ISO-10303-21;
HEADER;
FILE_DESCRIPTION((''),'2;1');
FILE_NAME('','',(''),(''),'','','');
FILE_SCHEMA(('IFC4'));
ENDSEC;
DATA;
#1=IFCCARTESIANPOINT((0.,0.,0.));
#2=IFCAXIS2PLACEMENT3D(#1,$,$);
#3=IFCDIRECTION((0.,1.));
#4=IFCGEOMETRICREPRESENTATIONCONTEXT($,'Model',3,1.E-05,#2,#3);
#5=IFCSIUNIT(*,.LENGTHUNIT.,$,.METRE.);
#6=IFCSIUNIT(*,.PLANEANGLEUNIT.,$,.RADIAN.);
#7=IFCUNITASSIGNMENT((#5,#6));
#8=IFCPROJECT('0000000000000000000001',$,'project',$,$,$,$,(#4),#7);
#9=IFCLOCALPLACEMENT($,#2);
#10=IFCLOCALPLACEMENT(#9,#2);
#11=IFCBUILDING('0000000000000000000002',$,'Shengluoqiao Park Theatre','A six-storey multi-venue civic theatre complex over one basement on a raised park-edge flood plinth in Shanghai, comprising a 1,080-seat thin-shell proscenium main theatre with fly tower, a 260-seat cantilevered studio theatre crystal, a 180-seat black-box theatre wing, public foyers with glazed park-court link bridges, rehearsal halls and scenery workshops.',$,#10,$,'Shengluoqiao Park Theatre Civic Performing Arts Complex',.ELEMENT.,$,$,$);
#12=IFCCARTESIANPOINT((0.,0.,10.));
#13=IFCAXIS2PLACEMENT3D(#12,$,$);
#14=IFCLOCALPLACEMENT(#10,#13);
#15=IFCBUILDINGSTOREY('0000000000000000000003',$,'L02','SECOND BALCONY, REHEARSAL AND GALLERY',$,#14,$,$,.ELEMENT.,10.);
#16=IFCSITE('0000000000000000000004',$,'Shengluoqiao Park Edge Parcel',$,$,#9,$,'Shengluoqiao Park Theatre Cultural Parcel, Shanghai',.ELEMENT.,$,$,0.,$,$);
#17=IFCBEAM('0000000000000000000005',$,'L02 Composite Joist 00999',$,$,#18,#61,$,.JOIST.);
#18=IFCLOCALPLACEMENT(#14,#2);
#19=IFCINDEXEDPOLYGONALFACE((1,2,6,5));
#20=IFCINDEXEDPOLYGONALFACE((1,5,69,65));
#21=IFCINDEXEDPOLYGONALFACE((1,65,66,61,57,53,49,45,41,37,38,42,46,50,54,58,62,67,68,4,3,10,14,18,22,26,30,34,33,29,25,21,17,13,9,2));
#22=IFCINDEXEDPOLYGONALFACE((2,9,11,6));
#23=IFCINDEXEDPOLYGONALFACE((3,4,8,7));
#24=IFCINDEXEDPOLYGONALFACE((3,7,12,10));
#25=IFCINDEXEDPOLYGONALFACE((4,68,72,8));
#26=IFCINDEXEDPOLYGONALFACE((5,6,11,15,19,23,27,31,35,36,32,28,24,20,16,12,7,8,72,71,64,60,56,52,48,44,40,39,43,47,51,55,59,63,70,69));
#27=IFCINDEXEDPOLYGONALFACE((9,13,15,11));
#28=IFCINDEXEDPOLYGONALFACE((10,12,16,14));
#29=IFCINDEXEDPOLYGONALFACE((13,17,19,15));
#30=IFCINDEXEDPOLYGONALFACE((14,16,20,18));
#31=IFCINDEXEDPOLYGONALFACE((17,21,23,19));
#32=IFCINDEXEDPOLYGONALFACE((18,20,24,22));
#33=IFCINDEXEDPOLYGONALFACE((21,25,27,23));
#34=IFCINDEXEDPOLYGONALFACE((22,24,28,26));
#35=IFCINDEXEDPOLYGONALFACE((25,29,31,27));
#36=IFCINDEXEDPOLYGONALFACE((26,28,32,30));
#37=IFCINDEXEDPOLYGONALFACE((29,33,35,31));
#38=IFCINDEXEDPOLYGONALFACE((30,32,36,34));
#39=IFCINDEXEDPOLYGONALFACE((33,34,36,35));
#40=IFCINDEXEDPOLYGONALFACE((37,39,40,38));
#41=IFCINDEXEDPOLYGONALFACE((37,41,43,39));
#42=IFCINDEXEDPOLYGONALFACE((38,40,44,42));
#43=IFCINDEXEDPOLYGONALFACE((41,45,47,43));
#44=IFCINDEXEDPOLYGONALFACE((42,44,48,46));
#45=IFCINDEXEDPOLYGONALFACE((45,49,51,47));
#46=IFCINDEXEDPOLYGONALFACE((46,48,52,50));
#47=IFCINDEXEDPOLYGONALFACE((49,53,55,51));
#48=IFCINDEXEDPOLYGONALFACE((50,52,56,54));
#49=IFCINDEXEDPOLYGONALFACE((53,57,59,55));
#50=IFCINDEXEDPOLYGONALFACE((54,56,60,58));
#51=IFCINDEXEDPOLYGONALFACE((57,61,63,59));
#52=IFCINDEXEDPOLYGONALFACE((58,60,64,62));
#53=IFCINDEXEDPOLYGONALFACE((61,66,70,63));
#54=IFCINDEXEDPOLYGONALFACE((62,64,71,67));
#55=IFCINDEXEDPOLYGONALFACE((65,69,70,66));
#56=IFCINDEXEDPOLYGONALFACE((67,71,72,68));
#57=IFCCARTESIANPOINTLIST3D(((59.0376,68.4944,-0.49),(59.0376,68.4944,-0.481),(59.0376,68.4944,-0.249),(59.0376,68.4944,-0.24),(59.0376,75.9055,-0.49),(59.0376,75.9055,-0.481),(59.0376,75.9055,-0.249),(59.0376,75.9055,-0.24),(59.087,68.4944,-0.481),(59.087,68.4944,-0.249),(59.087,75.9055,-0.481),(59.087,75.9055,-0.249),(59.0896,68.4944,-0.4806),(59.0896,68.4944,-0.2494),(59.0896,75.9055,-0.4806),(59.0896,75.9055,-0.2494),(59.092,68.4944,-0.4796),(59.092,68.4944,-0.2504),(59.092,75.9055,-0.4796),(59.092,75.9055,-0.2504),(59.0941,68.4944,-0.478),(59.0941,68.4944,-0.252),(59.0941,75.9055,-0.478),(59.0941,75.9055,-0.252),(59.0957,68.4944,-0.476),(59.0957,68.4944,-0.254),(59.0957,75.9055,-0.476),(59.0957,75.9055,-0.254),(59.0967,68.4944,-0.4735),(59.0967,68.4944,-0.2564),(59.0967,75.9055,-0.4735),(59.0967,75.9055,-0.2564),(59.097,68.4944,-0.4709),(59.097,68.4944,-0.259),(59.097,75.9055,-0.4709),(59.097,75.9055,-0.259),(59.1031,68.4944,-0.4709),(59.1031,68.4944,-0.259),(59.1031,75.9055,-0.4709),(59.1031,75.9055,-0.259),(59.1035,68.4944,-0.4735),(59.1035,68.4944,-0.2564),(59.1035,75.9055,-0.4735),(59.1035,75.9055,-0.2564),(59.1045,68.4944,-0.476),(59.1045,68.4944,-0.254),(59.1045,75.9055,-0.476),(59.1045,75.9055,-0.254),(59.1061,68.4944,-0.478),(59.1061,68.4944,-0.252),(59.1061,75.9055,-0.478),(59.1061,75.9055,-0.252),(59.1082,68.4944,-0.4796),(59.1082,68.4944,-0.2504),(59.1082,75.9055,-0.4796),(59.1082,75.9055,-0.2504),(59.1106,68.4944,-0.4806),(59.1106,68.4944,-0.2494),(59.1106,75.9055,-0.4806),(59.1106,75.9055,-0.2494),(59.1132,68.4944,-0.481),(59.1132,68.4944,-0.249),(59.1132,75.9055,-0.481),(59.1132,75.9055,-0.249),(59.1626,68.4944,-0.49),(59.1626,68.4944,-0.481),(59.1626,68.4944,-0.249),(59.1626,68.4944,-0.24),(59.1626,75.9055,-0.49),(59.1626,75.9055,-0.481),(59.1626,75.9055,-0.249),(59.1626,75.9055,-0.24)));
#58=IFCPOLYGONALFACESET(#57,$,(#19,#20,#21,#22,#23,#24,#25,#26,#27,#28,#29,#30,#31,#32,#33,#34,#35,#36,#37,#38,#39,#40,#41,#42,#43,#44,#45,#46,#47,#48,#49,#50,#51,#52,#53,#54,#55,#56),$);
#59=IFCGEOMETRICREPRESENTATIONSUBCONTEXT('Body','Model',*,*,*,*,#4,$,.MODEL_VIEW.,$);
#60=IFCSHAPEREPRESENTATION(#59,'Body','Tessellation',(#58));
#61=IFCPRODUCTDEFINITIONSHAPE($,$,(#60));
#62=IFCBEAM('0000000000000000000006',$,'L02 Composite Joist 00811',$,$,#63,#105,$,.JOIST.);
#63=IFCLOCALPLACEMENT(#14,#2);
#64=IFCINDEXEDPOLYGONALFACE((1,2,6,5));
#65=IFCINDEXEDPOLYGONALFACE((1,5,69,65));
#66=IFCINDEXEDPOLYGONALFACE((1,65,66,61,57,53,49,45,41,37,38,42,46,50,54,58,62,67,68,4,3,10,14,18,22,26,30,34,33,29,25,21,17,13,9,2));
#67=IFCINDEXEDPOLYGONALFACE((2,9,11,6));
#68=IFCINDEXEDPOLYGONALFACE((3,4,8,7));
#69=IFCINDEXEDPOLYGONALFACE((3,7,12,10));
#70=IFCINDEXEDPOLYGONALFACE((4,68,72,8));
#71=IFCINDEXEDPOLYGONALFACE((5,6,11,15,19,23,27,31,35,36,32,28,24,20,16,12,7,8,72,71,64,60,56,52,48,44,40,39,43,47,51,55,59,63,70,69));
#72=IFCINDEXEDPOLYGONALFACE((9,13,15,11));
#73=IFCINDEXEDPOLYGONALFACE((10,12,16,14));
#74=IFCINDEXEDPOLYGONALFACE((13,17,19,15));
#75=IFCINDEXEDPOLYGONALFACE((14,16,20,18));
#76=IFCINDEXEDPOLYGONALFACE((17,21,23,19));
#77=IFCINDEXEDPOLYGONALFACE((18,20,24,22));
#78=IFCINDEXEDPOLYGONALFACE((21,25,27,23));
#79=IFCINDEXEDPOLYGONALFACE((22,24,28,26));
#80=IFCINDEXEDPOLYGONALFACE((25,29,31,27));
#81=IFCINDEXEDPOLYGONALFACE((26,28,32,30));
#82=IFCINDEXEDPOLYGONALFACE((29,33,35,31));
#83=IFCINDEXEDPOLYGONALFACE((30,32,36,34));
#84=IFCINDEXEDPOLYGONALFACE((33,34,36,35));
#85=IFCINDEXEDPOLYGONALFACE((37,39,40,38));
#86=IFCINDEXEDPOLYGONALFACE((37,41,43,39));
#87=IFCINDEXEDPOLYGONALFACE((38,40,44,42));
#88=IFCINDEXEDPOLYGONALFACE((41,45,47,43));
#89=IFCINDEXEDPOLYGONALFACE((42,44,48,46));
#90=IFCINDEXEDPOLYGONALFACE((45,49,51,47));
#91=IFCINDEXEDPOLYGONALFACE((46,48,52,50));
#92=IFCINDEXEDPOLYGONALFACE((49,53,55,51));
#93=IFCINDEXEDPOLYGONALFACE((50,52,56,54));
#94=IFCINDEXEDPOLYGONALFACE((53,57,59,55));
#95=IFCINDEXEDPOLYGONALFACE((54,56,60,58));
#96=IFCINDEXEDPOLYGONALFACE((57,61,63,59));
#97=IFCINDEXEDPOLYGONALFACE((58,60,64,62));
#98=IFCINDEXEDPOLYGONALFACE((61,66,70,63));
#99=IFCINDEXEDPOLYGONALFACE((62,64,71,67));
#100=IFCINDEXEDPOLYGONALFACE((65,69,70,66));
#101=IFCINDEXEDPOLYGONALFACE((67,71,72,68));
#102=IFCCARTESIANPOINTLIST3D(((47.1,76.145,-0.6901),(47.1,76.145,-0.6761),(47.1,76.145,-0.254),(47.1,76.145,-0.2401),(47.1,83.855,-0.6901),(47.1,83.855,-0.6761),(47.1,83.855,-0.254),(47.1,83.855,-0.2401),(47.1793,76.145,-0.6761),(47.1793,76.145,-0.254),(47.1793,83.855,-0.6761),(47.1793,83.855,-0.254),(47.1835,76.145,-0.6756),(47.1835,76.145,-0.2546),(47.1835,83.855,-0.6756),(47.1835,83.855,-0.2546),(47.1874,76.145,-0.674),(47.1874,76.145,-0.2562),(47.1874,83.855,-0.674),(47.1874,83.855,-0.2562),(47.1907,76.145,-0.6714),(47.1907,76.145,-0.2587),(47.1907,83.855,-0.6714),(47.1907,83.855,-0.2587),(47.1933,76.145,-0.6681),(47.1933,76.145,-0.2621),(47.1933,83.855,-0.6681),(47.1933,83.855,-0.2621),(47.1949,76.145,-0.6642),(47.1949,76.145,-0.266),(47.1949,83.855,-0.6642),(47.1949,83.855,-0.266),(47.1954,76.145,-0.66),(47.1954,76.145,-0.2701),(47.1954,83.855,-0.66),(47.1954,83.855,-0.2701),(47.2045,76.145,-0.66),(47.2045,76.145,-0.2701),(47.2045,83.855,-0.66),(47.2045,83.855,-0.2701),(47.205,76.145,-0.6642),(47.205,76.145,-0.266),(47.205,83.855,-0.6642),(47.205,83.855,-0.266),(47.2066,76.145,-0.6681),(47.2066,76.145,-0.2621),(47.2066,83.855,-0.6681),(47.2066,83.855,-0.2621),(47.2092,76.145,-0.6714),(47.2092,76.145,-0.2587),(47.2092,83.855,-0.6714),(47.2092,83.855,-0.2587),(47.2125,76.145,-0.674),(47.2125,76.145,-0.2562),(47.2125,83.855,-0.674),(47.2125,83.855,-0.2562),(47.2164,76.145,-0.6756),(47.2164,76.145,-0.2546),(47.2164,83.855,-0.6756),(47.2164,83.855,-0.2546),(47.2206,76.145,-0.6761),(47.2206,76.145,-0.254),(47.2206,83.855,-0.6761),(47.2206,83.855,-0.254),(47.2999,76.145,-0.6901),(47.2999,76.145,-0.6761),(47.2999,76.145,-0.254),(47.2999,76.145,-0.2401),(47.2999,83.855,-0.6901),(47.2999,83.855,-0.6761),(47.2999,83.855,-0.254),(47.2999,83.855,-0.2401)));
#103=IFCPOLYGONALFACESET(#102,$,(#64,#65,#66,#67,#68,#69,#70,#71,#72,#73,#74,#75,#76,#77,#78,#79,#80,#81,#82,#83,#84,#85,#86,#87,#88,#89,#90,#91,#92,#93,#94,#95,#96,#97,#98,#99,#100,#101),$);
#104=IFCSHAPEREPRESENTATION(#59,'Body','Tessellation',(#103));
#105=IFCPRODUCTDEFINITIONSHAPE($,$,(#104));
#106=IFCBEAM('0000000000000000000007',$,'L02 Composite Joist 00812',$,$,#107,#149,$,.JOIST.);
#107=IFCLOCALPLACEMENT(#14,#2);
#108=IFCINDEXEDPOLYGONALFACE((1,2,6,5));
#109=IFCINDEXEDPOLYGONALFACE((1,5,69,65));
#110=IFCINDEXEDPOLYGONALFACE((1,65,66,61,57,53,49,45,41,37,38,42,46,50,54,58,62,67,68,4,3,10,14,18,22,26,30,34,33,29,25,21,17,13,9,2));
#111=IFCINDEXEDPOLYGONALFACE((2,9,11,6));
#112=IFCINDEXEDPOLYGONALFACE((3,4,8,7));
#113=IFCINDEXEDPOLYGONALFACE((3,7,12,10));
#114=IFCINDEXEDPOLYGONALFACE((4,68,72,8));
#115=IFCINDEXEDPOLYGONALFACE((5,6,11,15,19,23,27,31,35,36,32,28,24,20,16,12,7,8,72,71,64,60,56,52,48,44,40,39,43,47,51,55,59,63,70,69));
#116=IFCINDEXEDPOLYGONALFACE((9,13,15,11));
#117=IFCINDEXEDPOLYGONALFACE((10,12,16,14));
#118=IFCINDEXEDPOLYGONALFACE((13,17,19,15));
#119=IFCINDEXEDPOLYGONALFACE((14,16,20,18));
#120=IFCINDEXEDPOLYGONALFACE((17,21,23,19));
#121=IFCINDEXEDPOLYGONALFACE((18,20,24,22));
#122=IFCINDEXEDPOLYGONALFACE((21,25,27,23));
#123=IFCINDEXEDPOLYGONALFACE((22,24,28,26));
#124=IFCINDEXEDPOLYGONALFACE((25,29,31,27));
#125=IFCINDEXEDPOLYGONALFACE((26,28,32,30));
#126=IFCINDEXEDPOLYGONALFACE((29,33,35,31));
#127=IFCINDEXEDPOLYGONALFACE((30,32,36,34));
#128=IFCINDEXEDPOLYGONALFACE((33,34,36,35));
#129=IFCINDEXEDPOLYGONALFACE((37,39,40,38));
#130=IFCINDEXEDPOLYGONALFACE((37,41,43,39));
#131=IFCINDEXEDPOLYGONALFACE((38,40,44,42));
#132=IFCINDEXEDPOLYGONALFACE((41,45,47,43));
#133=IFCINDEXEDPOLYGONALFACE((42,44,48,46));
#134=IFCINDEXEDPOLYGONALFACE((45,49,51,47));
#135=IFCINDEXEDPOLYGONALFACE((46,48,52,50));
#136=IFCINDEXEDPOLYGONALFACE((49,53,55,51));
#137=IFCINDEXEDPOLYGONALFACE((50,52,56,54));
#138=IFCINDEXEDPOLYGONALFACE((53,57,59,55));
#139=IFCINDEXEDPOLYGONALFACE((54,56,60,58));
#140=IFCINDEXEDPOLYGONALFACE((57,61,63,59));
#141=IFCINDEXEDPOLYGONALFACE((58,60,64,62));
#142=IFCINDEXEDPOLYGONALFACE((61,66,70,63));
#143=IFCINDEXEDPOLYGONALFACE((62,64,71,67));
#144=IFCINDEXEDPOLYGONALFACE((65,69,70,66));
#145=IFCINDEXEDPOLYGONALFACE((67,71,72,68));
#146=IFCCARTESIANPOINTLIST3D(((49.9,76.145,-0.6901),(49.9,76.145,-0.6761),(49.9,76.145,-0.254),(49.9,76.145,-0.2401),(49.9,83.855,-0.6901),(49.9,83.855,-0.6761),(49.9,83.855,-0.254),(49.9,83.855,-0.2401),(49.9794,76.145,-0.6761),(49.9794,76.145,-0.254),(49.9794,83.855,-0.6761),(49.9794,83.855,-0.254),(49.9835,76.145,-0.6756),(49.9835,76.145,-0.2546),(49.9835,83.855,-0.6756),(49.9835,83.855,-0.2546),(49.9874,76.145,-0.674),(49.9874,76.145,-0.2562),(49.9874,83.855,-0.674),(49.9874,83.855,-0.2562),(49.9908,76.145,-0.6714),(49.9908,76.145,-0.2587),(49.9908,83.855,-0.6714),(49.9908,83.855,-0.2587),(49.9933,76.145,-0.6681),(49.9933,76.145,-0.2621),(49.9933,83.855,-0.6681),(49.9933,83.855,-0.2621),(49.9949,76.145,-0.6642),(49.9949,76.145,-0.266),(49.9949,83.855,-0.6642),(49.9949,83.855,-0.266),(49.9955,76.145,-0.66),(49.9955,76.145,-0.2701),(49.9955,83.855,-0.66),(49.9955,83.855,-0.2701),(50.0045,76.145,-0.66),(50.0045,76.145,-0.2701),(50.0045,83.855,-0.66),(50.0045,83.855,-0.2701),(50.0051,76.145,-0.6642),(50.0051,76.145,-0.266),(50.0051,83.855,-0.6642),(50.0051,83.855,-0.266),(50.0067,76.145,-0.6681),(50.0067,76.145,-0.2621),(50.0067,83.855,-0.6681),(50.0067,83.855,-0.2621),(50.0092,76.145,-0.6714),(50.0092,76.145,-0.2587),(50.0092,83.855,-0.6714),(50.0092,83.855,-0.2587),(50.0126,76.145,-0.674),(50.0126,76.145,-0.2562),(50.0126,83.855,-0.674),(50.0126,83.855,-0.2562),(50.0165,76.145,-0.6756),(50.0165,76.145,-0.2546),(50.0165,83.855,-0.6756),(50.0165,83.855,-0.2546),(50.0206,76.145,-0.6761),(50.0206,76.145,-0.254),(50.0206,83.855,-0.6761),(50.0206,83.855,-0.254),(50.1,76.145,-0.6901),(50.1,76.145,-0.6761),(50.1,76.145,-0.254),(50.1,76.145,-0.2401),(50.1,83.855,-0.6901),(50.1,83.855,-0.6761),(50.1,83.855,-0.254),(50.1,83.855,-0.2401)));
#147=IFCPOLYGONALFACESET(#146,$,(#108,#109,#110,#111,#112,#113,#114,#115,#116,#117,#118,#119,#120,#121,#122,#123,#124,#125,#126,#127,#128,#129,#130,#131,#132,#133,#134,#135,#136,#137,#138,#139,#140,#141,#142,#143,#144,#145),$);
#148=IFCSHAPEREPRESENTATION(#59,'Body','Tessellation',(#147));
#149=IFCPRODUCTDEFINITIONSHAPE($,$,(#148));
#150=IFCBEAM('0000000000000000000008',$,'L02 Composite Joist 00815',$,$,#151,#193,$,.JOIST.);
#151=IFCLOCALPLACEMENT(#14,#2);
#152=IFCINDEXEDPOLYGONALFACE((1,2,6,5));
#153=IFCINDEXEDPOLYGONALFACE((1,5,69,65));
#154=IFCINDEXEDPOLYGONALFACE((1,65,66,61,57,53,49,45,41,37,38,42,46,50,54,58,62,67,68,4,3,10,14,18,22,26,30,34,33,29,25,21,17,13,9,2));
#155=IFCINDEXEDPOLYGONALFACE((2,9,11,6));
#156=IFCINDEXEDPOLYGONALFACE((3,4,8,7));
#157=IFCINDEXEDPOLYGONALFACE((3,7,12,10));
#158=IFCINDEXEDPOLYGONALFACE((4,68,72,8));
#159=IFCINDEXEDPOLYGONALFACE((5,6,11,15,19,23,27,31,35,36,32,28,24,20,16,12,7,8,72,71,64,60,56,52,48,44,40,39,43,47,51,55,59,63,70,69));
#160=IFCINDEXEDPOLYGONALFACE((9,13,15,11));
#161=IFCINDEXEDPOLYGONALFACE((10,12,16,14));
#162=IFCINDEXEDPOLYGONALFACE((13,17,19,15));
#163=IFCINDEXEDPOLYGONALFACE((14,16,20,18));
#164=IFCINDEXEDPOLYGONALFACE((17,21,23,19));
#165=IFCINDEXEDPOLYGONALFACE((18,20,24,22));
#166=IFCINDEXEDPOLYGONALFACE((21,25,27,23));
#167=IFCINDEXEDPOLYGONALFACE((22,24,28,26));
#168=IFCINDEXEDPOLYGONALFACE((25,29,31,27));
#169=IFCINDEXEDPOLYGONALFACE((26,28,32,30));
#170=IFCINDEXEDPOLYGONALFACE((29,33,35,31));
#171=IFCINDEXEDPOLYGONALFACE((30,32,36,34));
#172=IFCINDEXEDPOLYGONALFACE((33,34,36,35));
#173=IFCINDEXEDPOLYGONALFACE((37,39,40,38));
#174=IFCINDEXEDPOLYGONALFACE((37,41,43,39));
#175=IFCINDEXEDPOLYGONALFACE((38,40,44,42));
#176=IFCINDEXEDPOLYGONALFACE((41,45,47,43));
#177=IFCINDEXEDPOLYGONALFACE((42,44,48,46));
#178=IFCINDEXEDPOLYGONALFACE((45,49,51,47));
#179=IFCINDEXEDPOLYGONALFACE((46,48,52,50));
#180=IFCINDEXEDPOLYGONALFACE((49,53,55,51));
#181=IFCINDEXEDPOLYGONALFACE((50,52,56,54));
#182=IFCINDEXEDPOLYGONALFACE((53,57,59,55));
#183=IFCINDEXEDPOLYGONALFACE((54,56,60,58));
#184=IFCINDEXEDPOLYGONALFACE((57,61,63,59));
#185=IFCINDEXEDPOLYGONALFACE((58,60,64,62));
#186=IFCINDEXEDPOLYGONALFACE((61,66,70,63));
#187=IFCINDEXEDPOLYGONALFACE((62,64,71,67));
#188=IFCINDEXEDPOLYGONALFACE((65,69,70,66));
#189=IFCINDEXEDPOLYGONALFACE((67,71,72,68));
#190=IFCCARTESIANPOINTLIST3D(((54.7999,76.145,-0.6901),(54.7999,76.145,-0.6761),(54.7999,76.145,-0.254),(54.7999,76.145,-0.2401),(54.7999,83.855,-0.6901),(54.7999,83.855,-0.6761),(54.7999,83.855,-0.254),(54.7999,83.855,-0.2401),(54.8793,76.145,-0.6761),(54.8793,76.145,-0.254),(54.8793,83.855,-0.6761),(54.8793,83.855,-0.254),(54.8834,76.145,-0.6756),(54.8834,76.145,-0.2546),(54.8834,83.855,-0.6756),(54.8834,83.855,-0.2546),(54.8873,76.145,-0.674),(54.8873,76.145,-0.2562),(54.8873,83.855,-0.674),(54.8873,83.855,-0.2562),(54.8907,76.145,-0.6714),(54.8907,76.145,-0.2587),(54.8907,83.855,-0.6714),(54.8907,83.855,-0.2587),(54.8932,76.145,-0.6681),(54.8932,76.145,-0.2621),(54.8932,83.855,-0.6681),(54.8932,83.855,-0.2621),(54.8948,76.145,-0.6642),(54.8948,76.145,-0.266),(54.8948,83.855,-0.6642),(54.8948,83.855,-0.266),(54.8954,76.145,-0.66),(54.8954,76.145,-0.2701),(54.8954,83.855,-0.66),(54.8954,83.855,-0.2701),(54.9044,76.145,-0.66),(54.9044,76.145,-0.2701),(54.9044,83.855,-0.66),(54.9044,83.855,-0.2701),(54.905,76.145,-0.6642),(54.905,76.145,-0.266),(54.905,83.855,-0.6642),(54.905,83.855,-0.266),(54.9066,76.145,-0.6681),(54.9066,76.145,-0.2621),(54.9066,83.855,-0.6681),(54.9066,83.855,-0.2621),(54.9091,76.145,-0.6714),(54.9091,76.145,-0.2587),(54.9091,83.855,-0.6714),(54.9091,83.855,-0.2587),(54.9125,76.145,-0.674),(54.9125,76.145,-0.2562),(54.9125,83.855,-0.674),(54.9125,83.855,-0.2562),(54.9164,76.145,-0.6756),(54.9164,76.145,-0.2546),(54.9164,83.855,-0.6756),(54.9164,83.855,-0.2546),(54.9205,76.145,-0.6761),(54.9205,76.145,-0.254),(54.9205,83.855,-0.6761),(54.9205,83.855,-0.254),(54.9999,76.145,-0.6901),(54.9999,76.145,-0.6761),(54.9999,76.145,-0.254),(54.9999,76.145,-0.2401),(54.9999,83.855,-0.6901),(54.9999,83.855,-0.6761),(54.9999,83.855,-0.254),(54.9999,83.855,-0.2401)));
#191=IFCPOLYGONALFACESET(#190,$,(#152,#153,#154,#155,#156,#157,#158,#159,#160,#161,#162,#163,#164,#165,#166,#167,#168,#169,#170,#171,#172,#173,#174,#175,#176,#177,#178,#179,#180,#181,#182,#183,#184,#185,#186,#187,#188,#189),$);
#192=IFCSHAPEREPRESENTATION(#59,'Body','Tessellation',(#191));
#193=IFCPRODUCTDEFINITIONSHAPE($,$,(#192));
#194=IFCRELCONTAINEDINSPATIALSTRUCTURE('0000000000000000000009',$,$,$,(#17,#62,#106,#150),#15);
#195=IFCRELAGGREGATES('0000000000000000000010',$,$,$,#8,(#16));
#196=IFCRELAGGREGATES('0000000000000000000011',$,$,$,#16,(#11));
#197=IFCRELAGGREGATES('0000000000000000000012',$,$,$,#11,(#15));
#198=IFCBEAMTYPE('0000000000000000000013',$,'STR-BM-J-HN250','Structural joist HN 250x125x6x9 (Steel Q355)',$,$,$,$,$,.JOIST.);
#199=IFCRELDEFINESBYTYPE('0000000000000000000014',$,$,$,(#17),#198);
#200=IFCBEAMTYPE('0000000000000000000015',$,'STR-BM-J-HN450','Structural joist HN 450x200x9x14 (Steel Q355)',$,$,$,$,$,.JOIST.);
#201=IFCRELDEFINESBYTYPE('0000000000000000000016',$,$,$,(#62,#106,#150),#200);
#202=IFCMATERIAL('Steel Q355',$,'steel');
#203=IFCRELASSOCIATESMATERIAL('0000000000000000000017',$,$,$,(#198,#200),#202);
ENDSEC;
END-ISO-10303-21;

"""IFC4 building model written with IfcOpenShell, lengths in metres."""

from ifc_helpers import new_model, si_unit, direction, frame, origin, origin_2d, place, context, subcontext, project, spatial, i_section, extrude, material, material_profile, profile_set, type_object, element, save


model = new_model("IFC4")

# Units and contexts
model_context = context("Model", 3, precision=1e-05, world=origin(), true_north=direction((0.0, 1.0)))
body_context = subcontext(model_context, "Body", "Model", "MODEL_VIEW")
ifc_project = project(units=[si_unit("LENGTHUNIT", "METRE"), si_unit("PLANEANGLEUNIT", "RADIAN")], contexts=[model_context])

# Site, building, storey
site_placement = place(None, origin())
site = spatial("IfcSite", under=ifc_project, at=site_placement, Name="Shengluoqiao Park Edge Parcel", LongName="Shengluoqiao Park Theatre Cultural Parcel, Shanghai", CompositionType="ELEMENT", RefElevation=0.0)
building_placement = place(site_placement, origin())
building = spatial("IfcBuilding", under=site, at=building_placement, Name="Shengluoqiao Park Theatre", Description="A six-storey multi-venue civic theatre complex over one basement on a raised park-edge flood plinth in Shanghai, comprising a 1,080-seat thin-shell proscenium main theatre with fly tower, a 260-seat cantilevered studio theatre crystal, a 180-seat black-box theatre wing, public foyers with glazed park-court link bridges, rehearsal halls and scenery workshops.", LongName="Shengluoqiao Park Theatre Civic Performing Arts Complex", CompositionType="ELEMENT")
storey_placement = place(building_placement, frame((0.0, 0.0, 10.0)))
storey = spatial("IfcBuildingStorey", under=building, at=storey_placement, Name="L02", Description="SECOND BALCONY, REHEARSAL AND GALLERY", CompositionType="ELEMENT", Elevation=10.0)

# Beams
ifc_material_1 = material(Name="Steel Q355", Category="steel")
ifc_material_profile_1 = material_profile(ifc_material_1, i_section(OverallWidth=0.125, OverallDepth=0.25, WebThickness=0.0061, FlangeThickness=0.009, FilletRadius=0.01, at=origin_2d()), Name="HN 250x125x6x9")
ifc_profile_set_1 = profile_set([ifc_material_profile_1], Name="Steel Q355")
beam_type_1 = type_object("IfcBeamType", Name="STR-BM-J-HN250", Description="Structural joist HN 250x125x6x9 (Steel Q355)", PredefinedType="JOIST", material=ifc_profile_set_1)
for number, where, z_axis, x_axis, name in (
    (1, (59.1001, 68.4944, -0.365), (0.0, 1.0, 0.0), (-1.0, 0.0, 0.0), "L02 Composite Joist 00999"),
):
    element("IfcBeam", number, at=place(storey_placement, frame(where, z_axis=z_axis, x_axis=x_axis)), inside=storey, type_object=beam_type_1, Name=name, PredefinedType="JOIST", context=body_context, shape_type="SweptSolid", body=[
        extrude(i_section(OverallWidth=0.125, OverallDepth=0.25, WebThickness=0.0061, FlangeThickness=0.009, FilletRadius=0.01, at=origin_2d()), origin(), (0.0, 0.0, 1.0), 7.4111),
    ])
ifc_material_profile_2 = material_profile(ifc_material_1, i_section(OverallWidth=0.2, OverallDepth=0.45, WebThickness=0.009, FlangeThickness=0.0139, FilletRadius=0.0161, at=origin_2d()), Name="HN 450x200x9x14")
ifc_profile_set_2 = profile_set([ifc_material_profile_2], Name="Steel Q355")
beam_type_2 = type_object("IfcBeamType", Name="STR-BM-J-HN450", Description="Structural joist HN 450x200x9x14 (Steel Q355)", PredefinedType="JOIST", material=ifc_profile_set_2)
for number, where, z_axis, x_axis, name in (
    (2, (47.2, 76.145, -0.4651), (0.0, 1.0, 0.0), (-1.0, 0.0, 0.0), "L02 Composite Joist 00811"),
    (3, (50.0, 76.145, -0.4651), (0.0, 1.0, 0.0), (-1.0, 0.0, 0.0), "L02 Composite Joist 00812"),
    (4, (54.8999, 76.145, -0.4651), (0.0, 1.0, 0.0), (-1.0, 0.0, 0.0), "L02 Composite Joist 00815"),
):
    element("IfcBeam", number, at=place(storey_placement, frame(where, z_axis=z_axis, x_axis=x_axis)), inside=storey, type_object=beam_type_2, Name=name, PredefinedType="JOIST", context=body_context, shape_type="SweptSolid", body=[
        extrude(i_section(OverallWidth=0.2, OverallDepth=0.45, WebThickness=0.009, FlangeThickness=0.0139, FilletRadius=0.0161, at=origin_2d()), origin(), (0.0, 0.0, 1.0), 7.71),
    ])

save(model, "model.ifc")
